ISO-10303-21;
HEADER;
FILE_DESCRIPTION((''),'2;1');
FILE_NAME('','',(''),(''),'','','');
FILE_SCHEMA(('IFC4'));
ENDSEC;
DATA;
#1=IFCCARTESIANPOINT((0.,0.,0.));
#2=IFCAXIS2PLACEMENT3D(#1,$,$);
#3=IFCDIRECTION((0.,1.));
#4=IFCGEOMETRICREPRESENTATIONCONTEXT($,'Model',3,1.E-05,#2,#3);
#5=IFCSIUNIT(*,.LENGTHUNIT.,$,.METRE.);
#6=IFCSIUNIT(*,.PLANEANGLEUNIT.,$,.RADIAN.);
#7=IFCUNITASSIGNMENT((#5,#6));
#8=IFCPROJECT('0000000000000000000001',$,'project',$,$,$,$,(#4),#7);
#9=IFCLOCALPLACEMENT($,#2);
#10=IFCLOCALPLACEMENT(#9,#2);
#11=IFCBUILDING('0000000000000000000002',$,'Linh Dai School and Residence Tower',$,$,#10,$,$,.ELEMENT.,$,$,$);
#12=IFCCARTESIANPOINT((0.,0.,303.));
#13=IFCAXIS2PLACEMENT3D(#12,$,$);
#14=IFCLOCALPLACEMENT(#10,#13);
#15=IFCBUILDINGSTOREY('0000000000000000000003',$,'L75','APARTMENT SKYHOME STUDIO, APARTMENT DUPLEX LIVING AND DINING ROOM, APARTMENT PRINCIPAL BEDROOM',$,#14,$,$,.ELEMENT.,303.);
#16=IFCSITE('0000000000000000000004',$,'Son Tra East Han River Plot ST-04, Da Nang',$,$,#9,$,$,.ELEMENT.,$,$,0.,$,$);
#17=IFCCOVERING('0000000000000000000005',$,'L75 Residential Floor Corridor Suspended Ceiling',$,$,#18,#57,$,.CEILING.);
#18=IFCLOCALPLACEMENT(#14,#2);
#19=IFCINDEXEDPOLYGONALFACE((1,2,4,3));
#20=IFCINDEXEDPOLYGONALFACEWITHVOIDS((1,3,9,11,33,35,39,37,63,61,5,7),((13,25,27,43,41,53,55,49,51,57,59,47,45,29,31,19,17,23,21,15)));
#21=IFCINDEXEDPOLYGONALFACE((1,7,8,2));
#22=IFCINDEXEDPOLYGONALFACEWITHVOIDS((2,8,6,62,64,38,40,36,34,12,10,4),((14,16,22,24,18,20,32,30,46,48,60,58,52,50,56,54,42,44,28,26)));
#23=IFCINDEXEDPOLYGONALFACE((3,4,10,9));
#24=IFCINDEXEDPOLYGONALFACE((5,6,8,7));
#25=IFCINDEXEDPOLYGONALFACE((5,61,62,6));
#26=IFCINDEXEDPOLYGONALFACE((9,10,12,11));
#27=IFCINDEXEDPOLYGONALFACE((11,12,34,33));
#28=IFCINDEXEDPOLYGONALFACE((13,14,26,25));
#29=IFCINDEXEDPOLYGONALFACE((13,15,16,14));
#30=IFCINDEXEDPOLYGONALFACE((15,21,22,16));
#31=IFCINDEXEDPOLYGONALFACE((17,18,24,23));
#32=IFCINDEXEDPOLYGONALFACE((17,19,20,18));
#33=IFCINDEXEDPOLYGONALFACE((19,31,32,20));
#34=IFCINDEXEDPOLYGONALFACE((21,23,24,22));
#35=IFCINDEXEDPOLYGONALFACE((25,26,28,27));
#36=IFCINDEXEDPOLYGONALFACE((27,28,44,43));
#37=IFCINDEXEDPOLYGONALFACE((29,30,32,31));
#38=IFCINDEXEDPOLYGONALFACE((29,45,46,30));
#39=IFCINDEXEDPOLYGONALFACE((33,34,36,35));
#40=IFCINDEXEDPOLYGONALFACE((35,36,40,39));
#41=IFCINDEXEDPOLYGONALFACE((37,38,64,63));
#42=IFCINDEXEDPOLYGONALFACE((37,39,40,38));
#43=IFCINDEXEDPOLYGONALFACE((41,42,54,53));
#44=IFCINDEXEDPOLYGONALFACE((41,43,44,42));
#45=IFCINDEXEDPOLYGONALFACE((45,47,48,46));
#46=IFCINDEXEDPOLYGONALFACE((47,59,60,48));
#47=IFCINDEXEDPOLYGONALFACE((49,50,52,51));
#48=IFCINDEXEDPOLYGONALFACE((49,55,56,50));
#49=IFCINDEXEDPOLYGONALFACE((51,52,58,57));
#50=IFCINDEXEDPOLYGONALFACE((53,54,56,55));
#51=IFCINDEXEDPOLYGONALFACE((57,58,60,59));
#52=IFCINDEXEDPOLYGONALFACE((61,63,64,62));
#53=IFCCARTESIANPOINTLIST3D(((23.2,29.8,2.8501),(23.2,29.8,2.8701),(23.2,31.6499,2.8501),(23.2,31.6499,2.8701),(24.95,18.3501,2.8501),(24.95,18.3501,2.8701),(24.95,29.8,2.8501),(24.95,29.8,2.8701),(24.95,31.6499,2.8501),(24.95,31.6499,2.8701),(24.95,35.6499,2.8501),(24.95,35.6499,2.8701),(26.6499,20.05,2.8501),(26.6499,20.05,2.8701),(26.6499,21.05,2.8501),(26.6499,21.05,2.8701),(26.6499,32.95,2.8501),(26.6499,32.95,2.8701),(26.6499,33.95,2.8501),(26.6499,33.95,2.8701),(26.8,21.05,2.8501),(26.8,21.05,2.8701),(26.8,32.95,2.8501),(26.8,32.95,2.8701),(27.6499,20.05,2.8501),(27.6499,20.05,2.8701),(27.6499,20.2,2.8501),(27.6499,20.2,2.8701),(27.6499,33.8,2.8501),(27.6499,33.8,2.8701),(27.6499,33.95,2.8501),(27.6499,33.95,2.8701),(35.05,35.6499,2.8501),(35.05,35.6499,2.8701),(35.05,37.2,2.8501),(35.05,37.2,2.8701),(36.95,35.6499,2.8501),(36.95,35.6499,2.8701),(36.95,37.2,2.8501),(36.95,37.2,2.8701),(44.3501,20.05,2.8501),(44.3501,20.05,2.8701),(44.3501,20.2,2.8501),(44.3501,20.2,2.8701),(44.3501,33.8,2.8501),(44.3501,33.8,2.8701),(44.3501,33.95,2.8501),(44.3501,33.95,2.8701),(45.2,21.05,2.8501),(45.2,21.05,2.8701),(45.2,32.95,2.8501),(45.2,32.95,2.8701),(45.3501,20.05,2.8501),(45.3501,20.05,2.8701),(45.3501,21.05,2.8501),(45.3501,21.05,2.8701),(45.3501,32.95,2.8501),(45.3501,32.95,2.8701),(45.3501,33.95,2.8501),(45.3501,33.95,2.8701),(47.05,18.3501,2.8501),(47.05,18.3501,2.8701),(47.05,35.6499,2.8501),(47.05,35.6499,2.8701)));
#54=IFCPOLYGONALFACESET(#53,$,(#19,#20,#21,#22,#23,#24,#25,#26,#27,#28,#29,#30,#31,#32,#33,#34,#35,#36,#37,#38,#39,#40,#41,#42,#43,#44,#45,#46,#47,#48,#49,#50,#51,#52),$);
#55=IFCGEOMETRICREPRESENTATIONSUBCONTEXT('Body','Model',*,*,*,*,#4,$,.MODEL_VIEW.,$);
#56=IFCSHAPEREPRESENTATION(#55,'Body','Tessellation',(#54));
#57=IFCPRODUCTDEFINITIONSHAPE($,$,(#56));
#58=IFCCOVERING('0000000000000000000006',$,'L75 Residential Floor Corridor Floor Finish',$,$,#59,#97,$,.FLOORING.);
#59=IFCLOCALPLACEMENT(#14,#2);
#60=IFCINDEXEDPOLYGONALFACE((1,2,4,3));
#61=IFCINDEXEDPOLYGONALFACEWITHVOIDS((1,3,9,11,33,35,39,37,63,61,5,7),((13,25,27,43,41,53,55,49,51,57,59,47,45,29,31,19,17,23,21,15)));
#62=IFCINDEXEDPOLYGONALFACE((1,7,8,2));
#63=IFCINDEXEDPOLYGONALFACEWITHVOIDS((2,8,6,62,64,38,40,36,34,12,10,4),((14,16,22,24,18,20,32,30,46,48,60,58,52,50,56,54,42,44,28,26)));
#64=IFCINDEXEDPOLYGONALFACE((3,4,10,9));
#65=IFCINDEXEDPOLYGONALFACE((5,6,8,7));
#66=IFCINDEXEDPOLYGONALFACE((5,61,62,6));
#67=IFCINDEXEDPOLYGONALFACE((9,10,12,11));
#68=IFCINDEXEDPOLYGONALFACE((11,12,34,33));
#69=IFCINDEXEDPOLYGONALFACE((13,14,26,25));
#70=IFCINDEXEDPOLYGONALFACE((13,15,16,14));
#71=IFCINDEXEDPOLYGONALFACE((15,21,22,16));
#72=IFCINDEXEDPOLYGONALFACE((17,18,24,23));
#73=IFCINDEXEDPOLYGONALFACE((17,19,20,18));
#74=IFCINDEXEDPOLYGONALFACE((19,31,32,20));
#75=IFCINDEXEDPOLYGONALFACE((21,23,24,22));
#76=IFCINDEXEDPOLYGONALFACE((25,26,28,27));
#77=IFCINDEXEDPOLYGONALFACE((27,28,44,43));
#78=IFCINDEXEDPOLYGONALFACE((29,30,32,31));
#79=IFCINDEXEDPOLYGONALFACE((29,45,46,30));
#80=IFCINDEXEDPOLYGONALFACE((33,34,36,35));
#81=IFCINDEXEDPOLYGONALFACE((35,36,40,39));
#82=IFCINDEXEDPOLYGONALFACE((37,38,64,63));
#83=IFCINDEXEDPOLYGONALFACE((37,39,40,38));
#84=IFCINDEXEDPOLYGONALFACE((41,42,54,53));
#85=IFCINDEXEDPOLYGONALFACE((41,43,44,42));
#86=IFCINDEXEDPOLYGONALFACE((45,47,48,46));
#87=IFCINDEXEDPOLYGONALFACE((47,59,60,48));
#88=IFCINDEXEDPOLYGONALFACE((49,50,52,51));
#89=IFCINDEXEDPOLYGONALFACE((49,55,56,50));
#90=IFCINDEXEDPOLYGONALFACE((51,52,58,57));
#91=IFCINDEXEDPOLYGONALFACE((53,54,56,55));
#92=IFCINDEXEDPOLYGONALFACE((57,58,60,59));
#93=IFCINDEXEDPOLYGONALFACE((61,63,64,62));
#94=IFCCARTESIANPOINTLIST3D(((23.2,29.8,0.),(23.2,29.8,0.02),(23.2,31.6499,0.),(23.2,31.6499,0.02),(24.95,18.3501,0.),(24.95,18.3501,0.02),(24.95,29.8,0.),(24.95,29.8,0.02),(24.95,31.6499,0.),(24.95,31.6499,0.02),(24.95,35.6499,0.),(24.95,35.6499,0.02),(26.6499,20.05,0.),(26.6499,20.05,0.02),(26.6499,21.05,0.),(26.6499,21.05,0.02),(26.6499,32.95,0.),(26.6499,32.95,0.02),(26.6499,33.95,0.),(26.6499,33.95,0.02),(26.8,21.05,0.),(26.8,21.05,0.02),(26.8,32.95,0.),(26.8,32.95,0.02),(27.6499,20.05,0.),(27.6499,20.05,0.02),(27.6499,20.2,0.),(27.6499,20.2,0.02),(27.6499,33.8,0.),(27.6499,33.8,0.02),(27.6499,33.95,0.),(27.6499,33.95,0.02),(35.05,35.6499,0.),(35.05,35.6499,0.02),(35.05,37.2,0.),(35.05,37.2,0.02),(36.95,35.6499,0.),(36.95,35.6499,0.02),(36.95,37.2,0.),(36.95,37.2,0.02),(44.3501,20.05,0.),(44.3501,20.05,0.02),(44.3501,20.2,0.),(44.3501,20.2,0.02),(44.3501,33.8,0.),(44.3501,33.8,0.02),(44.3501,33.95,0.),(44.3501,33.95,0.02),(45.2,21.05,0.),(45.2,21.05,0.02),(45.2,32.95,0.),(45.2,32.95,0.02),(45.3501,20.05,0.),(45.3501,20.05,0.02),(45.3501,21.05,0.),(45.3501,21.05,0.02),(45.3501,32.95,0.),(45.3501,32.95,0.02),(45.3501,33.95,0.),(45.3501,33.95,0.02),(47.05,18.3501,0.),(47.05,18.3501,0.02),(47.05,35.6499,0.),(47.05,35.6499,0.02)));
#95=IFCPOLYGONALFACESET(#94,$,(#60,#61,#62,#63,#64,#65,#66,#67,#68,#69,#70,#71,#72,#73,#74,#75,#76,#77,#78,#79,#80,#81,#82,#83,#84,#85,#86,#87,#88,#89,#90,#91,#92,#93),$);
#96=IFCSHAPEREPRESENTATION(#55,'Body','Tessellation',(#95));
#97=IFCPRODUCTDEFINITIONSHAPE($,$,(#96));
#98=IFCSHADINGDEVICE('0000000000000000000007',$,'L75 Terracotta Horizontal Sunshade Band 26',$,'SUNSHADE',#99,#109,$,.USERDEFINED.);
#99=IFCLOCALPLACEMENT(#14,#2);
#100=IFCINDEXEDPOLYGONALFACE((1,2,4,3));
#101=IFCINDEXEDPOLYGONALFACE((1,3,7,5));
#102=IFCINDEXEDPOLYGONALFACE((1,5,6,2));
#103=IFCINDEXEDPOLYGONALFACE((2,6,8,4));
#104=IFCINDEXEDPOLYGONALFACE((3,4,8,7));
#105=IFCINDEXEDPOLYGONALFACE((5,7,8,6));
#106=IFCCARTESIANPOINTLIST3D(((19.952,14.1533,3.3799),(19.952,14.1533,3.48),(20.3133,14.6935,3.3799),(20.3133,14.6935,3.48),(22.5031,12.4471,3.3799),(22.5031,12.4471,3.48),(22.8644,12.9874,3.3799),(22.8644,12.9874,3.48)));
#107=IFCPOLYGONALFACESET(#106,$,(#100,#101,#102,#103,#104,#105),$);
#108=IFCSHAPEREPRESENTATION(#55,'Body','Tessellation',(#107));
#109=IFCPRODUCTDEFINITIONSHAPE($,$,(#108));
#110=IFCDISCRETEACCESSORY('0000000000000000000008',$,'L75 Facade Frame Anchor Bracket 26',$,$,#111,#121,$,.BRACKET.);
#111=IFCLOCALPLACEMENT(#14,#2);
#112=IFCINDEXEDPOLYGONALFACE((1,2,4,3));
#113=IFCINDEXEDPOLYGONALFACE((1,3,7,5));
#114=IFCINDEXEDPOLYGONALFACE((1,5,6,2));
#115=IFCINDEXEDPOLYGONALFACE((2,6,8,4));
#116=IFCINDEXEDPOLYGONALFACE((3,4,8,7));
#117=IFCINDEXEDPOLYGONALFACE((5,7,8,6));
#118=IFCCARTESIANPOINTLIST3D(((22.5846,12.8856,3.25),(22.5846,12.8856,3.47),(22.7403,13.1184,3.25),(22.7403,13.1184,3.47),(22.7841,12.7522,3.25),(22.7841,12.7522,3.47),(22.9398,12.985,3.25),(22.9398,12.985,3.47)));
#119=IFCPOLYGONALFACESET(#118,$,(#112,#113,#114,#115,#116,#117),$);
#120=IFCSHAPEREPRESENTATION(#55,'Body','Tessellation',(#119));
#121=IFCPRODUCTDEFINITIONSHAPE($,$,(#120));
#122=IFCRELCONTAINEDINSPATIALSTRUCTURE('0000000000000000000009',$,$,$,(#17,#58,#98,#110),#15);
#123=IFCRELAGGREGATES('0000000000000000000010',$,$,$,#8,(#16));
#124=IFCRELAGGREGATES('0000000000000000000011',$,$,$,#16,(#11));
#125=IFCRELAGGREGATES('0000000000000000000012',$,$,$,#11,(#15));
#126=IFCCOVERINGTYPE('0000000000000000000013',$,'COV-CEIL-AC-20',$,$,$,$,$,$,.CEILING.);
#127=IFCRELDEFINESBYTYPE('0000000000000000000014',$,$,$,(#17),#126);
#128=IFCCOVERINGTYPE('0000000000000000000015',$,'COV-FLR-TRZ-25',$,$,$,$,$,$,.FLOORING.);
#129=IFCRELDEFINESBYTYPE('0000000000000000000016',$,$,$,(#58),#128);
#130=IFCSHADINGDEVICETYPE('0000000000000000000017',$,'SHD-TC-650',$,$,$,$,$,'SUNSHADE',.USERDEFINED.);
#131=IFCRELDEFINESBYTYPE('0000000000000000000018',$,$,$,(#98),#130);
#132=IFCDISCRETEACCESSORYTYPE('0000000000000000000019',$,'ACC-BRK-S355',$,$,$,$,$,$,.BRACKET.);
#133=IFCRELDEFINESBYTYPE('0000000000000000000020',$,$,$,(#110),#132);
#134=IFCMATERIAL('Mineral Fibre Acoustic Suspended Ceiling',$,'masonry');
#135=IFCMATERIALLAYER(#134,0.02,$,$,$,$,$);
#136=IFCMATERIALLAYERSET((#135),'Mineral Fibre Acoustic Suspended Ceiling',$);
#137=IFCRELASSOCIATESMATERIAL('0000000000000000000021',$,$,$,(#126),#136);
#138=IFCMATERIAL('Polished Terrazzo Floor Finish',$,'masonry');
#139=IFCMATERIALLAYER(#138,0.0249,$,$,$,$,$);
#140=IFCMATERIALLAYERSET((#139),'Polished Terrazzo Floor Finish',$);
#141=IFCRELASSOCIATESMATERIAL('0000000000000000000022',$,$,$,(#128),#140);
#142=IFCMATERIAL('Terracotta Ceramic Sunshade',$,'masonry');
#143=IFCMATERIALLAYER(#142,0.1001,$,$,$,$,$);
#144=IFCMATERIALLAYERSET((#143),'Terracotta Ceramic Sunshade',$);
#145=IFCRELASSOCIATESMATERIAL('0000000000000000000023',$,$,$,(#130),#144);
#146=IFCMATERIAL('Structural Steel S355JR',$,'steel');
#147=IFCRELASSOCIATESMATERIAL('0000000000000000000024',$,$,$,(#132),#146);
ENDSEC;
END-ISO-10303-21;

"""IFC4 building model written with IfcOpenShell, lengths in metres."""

from ifc_helpers import new_model, si_unit, direction, frame, origin, origin_2d, place, context, subcontext, project, spatial, polyline, rectangle, outline, extrude, source, transform, mapped, material, layer, layer_set, type_object, element, save


model = new_model("IFC4")

# Units and contexts
model_context = context("Model", 3, precision=1e-05, world=origin(), true_north=direction((0.0, 1.0)))
body_context = subcontext(model_context, "Body", "Model", "MODEL_VIEW")
ifc_project = project(units=[si_unit("LENGTHUNIT", "METRE"), si_unit("PLANEANGLEUNIT", "RADIAN")], contexts=[model_context])

# Site, building, storey
site_placement = place(None, origin())
site = spatial("IfcSite", under=ifc_project, at=site_placement, Name="Son Tra East Han River Plot ST-04, Da Nang", CompositionType="ELEMENT", RefElevation=0.0)
building_placement = place(site_placement, origin())
building = spatial("IfcBuilding", under=site, at=building_placement, Name="Linh Dai School and Residence Tower", CompositionType="ELEMENT")
storey_placement = place(building_placement, frame((0.0, 0.0, 303.0)))
storey = spatial("IfcBuildingStorey", under=building, at=storey_placement, Name="L75", Description="APARTMENT SKYHOME STUDIO, APARTMENT DUPLEX LIVING AND DINING ROOM, APARTMENT PRINCIPAL BEDROOM", CompositionType="ELEMENT", Elevation=303.0)

# Shared definitions
ifc_material_1 = material(Name="Structural Steel S355JR", Category="steel")

# Coverings
ifc_material_2 = material(Name="Mineral Fibre Acoustic Suspended Ceiling", Category="masonry")
ifc_layer_1 = layer(ifc_material_2, 0.02)
ifc_layer_set_1 = layer_set([ifc_layer_1], Name="Mineral Fibre Acoustic Suspended Ceiling")
covering_type_1 = type_object("IfcCoveringType", Name="COV-CEIL-AC-20", PredefinedType="CEILING", material=ifc_layer_set_1)
covering_1_placement = place(storey_placement, frame((0.0, 0.0, 2.8501)))
element("IfcCovering", 1, at=covering_1_placement, inside=storey, type_object=covering_type_1, Name="L75 Residential Floor Corridor Suspended Ceiling", PredefinedType="CEILING", context=body_context, shape_type="SweptSolid", body=[
    extrude(outline(polyline([(23.2, 31.6499), (24.95, 31.6499), (24.95, 35.6499), (35.05, 35.6499), (35.05, 37.2), (36.95, 37.2), (36.95, 35.6499), (47.05, 35.6499), (47.05, 18.3501), (24.95, 18.3501), (24.95, 29.8), (23.2, 29.8), (23.2, 31.6499)]), holes=[polyline([(27.6499, 33.8), (27.6499, 33.95), (26.6499, 33.95), (26.6499, 32.95), (26.8, 32.95), (26.8, 21.05), (26.6499, 21.05), (26.6499, 20.05), (27.6499, 20.05), (27.6499, 20.2), (44.3501, 20.2), (44.3501, 20.05), (45.3501, 20.05), (45.3501, 21.05), (45.2, 21.05), (45.2, 32.95), (45.3501, 32.95), (45.3501, 33.95), (44.3501, 33.95), (44.3501, 33.8), (27.6499, 33.8)])]), origin(), (0.0, 0.0, 1.0), 0.02),
])
ifc_material_3 = material(Name="Polished Terrazzo Floor Finish", Category="masonry")
ifc_layer_2 = layer(ifc_material_3, 0.0249)
ifc_layer_set_2 = layer_set([ifc_layer_2], Name="Polished Terrazzo Floor Finish")
covering_type_2 = type_object("IfcCoveringType", Name="COV-FLR-TRZ-25", PredefinedType="FLOORING", material=ifc_layer_set_2)
covering_2_placement = place(storey_placement, origin())
element("IfcCovering", 2, at=covering_2_placement, inside=storey, type_object=covering_type_2, Name="L75 Residential Floor Corridor Floor Finish", PredefinedType="FLOORING", context=body_context, shape_type="SweptSolid", body=[
    extrude(outline(polyline([(23.2, 31.6499), (24.95, 31.6499), (24.95, 35.6499), (35.05, 35.6499), (35.05, 37.2), (36.95, 37.2), (36.95, 35.6499), (47.05, 35.6499), (47.05, 18.3501), (24.95, 18.3501), (24.95, 29.8), (23.2, 29.8), (23.2, 31.6499)]), holes=[polyline([(27.6499, 33.8), (27.6499, 33.95), (26.6499, 33.95), (26.6499, 32.95), (26.8, 32.95), (26.8, 21.05), (26.6499, 21.05), (26.6499, 20.05), (27.6499, 20.05), (27.6499, 20.2), (44.3501, 20.2), (44.3501, 20.05), (45.3501, 20.05), (45.3501, 21.05), (45.2, 21.05), (45.2, 32.95), (45.3501, 32.95), (45.3501, 33.95), (44.3501, 33.95), (44.3501, 33.8), (27.6499, 33.8)])]), origin(), (0.0, 0.0, 1.0), 0.02),
])

# Shading device
ifc_material_4 = material(Name="Terracotta Ceramic Sunshade", Category="masonry")
ifc_layer_3 = layer(ifc_material_4, 0.1001)
ifc_layer_set_3 = layer_set([ifc_layer_3], Name="Terracotta Ceramic Sunshade")
shading_device_type = type_object("IfcShadingDeviceType", Name="SHD-TC-650", ElementType="SUNSHADE", PredefinedType="USERDEFINED", material=ifc_layer_set_3)
shared_shape_1 = source(origin(), body_context, "Body", "SweptSolid", [
    extrude(rectangle(XDim=3.0691, YDim=0.6499, at=origin_2d()), origin(), (0.0, 0.0, 1.0), 0.1001),
])
shading_device_placement = place(storey_placement, frame((21.4082, 13.5703, 3.3799), z_axis=(0.0, 0.0, 1.0), x_axis=(-0.831245, 0.555906, 0.0)))
element("IfcShadingDevice", 3, at=shading_device_placement, inside=storey, type_object=shading_device_type, Name="L75 Terracotta Horizontal Sunshade Band 26", ObjectType="SUNSHADE", PredefinedType="USERDEFINED", context=body_context, shape_type="MappedRepresentation", body=[
    mapped(shared_shape_1, transform((0.0, 0.0, 0.0), x_axis=(1.0, 0.0, 0.0), y_axis=(0.0, 1.0, 0.0), z_axis=(0.0, 0.0, 1.0), scale=1.0)),
])

# Discrete accessory
discrete_accessory_type = type_object("IfcDiscreteAccessoryType", Name="ACC-BRK-S355", PredefinedType="BRACKET", material=ifc_material_1)
shared_shape_2 = source(origin(), body_context, "Body", "SweptSolid", [
    extrude(rectangle(XDim=0.28, YDim=0.24, at=origin_2d()), origin(), (0.0, 0.0, 1.0), 0.22),
])
discrete_accessory_placement = place(storey_placement, frame((22.7622, 12.9353, 3.25), z_axis=(0.0, 0.0, 1.0), x_axis=(-0.555906, -0.831245, 0.0)))
element("IfcDiscreteAccessory", 4, at=discrete_accessory_placement, inside=storey, type_object=discrete_accessory_type, Name="L75 Facade Frame Anchor Bracket 26", PredefinedType="BRACKET", context=body_context, shape_type="MappedRepresentation", body=[
    mapped(shared_shape_2, transform((0.0, 0.0, 0.0), x_axis=(1.0, 0.0, 0.0), y_axis=(0.0, 1.0, 0.0), z_axis=(0.0, 0.0, 1.0), scale=1.0)),
])

save(model, "model.ifc")
